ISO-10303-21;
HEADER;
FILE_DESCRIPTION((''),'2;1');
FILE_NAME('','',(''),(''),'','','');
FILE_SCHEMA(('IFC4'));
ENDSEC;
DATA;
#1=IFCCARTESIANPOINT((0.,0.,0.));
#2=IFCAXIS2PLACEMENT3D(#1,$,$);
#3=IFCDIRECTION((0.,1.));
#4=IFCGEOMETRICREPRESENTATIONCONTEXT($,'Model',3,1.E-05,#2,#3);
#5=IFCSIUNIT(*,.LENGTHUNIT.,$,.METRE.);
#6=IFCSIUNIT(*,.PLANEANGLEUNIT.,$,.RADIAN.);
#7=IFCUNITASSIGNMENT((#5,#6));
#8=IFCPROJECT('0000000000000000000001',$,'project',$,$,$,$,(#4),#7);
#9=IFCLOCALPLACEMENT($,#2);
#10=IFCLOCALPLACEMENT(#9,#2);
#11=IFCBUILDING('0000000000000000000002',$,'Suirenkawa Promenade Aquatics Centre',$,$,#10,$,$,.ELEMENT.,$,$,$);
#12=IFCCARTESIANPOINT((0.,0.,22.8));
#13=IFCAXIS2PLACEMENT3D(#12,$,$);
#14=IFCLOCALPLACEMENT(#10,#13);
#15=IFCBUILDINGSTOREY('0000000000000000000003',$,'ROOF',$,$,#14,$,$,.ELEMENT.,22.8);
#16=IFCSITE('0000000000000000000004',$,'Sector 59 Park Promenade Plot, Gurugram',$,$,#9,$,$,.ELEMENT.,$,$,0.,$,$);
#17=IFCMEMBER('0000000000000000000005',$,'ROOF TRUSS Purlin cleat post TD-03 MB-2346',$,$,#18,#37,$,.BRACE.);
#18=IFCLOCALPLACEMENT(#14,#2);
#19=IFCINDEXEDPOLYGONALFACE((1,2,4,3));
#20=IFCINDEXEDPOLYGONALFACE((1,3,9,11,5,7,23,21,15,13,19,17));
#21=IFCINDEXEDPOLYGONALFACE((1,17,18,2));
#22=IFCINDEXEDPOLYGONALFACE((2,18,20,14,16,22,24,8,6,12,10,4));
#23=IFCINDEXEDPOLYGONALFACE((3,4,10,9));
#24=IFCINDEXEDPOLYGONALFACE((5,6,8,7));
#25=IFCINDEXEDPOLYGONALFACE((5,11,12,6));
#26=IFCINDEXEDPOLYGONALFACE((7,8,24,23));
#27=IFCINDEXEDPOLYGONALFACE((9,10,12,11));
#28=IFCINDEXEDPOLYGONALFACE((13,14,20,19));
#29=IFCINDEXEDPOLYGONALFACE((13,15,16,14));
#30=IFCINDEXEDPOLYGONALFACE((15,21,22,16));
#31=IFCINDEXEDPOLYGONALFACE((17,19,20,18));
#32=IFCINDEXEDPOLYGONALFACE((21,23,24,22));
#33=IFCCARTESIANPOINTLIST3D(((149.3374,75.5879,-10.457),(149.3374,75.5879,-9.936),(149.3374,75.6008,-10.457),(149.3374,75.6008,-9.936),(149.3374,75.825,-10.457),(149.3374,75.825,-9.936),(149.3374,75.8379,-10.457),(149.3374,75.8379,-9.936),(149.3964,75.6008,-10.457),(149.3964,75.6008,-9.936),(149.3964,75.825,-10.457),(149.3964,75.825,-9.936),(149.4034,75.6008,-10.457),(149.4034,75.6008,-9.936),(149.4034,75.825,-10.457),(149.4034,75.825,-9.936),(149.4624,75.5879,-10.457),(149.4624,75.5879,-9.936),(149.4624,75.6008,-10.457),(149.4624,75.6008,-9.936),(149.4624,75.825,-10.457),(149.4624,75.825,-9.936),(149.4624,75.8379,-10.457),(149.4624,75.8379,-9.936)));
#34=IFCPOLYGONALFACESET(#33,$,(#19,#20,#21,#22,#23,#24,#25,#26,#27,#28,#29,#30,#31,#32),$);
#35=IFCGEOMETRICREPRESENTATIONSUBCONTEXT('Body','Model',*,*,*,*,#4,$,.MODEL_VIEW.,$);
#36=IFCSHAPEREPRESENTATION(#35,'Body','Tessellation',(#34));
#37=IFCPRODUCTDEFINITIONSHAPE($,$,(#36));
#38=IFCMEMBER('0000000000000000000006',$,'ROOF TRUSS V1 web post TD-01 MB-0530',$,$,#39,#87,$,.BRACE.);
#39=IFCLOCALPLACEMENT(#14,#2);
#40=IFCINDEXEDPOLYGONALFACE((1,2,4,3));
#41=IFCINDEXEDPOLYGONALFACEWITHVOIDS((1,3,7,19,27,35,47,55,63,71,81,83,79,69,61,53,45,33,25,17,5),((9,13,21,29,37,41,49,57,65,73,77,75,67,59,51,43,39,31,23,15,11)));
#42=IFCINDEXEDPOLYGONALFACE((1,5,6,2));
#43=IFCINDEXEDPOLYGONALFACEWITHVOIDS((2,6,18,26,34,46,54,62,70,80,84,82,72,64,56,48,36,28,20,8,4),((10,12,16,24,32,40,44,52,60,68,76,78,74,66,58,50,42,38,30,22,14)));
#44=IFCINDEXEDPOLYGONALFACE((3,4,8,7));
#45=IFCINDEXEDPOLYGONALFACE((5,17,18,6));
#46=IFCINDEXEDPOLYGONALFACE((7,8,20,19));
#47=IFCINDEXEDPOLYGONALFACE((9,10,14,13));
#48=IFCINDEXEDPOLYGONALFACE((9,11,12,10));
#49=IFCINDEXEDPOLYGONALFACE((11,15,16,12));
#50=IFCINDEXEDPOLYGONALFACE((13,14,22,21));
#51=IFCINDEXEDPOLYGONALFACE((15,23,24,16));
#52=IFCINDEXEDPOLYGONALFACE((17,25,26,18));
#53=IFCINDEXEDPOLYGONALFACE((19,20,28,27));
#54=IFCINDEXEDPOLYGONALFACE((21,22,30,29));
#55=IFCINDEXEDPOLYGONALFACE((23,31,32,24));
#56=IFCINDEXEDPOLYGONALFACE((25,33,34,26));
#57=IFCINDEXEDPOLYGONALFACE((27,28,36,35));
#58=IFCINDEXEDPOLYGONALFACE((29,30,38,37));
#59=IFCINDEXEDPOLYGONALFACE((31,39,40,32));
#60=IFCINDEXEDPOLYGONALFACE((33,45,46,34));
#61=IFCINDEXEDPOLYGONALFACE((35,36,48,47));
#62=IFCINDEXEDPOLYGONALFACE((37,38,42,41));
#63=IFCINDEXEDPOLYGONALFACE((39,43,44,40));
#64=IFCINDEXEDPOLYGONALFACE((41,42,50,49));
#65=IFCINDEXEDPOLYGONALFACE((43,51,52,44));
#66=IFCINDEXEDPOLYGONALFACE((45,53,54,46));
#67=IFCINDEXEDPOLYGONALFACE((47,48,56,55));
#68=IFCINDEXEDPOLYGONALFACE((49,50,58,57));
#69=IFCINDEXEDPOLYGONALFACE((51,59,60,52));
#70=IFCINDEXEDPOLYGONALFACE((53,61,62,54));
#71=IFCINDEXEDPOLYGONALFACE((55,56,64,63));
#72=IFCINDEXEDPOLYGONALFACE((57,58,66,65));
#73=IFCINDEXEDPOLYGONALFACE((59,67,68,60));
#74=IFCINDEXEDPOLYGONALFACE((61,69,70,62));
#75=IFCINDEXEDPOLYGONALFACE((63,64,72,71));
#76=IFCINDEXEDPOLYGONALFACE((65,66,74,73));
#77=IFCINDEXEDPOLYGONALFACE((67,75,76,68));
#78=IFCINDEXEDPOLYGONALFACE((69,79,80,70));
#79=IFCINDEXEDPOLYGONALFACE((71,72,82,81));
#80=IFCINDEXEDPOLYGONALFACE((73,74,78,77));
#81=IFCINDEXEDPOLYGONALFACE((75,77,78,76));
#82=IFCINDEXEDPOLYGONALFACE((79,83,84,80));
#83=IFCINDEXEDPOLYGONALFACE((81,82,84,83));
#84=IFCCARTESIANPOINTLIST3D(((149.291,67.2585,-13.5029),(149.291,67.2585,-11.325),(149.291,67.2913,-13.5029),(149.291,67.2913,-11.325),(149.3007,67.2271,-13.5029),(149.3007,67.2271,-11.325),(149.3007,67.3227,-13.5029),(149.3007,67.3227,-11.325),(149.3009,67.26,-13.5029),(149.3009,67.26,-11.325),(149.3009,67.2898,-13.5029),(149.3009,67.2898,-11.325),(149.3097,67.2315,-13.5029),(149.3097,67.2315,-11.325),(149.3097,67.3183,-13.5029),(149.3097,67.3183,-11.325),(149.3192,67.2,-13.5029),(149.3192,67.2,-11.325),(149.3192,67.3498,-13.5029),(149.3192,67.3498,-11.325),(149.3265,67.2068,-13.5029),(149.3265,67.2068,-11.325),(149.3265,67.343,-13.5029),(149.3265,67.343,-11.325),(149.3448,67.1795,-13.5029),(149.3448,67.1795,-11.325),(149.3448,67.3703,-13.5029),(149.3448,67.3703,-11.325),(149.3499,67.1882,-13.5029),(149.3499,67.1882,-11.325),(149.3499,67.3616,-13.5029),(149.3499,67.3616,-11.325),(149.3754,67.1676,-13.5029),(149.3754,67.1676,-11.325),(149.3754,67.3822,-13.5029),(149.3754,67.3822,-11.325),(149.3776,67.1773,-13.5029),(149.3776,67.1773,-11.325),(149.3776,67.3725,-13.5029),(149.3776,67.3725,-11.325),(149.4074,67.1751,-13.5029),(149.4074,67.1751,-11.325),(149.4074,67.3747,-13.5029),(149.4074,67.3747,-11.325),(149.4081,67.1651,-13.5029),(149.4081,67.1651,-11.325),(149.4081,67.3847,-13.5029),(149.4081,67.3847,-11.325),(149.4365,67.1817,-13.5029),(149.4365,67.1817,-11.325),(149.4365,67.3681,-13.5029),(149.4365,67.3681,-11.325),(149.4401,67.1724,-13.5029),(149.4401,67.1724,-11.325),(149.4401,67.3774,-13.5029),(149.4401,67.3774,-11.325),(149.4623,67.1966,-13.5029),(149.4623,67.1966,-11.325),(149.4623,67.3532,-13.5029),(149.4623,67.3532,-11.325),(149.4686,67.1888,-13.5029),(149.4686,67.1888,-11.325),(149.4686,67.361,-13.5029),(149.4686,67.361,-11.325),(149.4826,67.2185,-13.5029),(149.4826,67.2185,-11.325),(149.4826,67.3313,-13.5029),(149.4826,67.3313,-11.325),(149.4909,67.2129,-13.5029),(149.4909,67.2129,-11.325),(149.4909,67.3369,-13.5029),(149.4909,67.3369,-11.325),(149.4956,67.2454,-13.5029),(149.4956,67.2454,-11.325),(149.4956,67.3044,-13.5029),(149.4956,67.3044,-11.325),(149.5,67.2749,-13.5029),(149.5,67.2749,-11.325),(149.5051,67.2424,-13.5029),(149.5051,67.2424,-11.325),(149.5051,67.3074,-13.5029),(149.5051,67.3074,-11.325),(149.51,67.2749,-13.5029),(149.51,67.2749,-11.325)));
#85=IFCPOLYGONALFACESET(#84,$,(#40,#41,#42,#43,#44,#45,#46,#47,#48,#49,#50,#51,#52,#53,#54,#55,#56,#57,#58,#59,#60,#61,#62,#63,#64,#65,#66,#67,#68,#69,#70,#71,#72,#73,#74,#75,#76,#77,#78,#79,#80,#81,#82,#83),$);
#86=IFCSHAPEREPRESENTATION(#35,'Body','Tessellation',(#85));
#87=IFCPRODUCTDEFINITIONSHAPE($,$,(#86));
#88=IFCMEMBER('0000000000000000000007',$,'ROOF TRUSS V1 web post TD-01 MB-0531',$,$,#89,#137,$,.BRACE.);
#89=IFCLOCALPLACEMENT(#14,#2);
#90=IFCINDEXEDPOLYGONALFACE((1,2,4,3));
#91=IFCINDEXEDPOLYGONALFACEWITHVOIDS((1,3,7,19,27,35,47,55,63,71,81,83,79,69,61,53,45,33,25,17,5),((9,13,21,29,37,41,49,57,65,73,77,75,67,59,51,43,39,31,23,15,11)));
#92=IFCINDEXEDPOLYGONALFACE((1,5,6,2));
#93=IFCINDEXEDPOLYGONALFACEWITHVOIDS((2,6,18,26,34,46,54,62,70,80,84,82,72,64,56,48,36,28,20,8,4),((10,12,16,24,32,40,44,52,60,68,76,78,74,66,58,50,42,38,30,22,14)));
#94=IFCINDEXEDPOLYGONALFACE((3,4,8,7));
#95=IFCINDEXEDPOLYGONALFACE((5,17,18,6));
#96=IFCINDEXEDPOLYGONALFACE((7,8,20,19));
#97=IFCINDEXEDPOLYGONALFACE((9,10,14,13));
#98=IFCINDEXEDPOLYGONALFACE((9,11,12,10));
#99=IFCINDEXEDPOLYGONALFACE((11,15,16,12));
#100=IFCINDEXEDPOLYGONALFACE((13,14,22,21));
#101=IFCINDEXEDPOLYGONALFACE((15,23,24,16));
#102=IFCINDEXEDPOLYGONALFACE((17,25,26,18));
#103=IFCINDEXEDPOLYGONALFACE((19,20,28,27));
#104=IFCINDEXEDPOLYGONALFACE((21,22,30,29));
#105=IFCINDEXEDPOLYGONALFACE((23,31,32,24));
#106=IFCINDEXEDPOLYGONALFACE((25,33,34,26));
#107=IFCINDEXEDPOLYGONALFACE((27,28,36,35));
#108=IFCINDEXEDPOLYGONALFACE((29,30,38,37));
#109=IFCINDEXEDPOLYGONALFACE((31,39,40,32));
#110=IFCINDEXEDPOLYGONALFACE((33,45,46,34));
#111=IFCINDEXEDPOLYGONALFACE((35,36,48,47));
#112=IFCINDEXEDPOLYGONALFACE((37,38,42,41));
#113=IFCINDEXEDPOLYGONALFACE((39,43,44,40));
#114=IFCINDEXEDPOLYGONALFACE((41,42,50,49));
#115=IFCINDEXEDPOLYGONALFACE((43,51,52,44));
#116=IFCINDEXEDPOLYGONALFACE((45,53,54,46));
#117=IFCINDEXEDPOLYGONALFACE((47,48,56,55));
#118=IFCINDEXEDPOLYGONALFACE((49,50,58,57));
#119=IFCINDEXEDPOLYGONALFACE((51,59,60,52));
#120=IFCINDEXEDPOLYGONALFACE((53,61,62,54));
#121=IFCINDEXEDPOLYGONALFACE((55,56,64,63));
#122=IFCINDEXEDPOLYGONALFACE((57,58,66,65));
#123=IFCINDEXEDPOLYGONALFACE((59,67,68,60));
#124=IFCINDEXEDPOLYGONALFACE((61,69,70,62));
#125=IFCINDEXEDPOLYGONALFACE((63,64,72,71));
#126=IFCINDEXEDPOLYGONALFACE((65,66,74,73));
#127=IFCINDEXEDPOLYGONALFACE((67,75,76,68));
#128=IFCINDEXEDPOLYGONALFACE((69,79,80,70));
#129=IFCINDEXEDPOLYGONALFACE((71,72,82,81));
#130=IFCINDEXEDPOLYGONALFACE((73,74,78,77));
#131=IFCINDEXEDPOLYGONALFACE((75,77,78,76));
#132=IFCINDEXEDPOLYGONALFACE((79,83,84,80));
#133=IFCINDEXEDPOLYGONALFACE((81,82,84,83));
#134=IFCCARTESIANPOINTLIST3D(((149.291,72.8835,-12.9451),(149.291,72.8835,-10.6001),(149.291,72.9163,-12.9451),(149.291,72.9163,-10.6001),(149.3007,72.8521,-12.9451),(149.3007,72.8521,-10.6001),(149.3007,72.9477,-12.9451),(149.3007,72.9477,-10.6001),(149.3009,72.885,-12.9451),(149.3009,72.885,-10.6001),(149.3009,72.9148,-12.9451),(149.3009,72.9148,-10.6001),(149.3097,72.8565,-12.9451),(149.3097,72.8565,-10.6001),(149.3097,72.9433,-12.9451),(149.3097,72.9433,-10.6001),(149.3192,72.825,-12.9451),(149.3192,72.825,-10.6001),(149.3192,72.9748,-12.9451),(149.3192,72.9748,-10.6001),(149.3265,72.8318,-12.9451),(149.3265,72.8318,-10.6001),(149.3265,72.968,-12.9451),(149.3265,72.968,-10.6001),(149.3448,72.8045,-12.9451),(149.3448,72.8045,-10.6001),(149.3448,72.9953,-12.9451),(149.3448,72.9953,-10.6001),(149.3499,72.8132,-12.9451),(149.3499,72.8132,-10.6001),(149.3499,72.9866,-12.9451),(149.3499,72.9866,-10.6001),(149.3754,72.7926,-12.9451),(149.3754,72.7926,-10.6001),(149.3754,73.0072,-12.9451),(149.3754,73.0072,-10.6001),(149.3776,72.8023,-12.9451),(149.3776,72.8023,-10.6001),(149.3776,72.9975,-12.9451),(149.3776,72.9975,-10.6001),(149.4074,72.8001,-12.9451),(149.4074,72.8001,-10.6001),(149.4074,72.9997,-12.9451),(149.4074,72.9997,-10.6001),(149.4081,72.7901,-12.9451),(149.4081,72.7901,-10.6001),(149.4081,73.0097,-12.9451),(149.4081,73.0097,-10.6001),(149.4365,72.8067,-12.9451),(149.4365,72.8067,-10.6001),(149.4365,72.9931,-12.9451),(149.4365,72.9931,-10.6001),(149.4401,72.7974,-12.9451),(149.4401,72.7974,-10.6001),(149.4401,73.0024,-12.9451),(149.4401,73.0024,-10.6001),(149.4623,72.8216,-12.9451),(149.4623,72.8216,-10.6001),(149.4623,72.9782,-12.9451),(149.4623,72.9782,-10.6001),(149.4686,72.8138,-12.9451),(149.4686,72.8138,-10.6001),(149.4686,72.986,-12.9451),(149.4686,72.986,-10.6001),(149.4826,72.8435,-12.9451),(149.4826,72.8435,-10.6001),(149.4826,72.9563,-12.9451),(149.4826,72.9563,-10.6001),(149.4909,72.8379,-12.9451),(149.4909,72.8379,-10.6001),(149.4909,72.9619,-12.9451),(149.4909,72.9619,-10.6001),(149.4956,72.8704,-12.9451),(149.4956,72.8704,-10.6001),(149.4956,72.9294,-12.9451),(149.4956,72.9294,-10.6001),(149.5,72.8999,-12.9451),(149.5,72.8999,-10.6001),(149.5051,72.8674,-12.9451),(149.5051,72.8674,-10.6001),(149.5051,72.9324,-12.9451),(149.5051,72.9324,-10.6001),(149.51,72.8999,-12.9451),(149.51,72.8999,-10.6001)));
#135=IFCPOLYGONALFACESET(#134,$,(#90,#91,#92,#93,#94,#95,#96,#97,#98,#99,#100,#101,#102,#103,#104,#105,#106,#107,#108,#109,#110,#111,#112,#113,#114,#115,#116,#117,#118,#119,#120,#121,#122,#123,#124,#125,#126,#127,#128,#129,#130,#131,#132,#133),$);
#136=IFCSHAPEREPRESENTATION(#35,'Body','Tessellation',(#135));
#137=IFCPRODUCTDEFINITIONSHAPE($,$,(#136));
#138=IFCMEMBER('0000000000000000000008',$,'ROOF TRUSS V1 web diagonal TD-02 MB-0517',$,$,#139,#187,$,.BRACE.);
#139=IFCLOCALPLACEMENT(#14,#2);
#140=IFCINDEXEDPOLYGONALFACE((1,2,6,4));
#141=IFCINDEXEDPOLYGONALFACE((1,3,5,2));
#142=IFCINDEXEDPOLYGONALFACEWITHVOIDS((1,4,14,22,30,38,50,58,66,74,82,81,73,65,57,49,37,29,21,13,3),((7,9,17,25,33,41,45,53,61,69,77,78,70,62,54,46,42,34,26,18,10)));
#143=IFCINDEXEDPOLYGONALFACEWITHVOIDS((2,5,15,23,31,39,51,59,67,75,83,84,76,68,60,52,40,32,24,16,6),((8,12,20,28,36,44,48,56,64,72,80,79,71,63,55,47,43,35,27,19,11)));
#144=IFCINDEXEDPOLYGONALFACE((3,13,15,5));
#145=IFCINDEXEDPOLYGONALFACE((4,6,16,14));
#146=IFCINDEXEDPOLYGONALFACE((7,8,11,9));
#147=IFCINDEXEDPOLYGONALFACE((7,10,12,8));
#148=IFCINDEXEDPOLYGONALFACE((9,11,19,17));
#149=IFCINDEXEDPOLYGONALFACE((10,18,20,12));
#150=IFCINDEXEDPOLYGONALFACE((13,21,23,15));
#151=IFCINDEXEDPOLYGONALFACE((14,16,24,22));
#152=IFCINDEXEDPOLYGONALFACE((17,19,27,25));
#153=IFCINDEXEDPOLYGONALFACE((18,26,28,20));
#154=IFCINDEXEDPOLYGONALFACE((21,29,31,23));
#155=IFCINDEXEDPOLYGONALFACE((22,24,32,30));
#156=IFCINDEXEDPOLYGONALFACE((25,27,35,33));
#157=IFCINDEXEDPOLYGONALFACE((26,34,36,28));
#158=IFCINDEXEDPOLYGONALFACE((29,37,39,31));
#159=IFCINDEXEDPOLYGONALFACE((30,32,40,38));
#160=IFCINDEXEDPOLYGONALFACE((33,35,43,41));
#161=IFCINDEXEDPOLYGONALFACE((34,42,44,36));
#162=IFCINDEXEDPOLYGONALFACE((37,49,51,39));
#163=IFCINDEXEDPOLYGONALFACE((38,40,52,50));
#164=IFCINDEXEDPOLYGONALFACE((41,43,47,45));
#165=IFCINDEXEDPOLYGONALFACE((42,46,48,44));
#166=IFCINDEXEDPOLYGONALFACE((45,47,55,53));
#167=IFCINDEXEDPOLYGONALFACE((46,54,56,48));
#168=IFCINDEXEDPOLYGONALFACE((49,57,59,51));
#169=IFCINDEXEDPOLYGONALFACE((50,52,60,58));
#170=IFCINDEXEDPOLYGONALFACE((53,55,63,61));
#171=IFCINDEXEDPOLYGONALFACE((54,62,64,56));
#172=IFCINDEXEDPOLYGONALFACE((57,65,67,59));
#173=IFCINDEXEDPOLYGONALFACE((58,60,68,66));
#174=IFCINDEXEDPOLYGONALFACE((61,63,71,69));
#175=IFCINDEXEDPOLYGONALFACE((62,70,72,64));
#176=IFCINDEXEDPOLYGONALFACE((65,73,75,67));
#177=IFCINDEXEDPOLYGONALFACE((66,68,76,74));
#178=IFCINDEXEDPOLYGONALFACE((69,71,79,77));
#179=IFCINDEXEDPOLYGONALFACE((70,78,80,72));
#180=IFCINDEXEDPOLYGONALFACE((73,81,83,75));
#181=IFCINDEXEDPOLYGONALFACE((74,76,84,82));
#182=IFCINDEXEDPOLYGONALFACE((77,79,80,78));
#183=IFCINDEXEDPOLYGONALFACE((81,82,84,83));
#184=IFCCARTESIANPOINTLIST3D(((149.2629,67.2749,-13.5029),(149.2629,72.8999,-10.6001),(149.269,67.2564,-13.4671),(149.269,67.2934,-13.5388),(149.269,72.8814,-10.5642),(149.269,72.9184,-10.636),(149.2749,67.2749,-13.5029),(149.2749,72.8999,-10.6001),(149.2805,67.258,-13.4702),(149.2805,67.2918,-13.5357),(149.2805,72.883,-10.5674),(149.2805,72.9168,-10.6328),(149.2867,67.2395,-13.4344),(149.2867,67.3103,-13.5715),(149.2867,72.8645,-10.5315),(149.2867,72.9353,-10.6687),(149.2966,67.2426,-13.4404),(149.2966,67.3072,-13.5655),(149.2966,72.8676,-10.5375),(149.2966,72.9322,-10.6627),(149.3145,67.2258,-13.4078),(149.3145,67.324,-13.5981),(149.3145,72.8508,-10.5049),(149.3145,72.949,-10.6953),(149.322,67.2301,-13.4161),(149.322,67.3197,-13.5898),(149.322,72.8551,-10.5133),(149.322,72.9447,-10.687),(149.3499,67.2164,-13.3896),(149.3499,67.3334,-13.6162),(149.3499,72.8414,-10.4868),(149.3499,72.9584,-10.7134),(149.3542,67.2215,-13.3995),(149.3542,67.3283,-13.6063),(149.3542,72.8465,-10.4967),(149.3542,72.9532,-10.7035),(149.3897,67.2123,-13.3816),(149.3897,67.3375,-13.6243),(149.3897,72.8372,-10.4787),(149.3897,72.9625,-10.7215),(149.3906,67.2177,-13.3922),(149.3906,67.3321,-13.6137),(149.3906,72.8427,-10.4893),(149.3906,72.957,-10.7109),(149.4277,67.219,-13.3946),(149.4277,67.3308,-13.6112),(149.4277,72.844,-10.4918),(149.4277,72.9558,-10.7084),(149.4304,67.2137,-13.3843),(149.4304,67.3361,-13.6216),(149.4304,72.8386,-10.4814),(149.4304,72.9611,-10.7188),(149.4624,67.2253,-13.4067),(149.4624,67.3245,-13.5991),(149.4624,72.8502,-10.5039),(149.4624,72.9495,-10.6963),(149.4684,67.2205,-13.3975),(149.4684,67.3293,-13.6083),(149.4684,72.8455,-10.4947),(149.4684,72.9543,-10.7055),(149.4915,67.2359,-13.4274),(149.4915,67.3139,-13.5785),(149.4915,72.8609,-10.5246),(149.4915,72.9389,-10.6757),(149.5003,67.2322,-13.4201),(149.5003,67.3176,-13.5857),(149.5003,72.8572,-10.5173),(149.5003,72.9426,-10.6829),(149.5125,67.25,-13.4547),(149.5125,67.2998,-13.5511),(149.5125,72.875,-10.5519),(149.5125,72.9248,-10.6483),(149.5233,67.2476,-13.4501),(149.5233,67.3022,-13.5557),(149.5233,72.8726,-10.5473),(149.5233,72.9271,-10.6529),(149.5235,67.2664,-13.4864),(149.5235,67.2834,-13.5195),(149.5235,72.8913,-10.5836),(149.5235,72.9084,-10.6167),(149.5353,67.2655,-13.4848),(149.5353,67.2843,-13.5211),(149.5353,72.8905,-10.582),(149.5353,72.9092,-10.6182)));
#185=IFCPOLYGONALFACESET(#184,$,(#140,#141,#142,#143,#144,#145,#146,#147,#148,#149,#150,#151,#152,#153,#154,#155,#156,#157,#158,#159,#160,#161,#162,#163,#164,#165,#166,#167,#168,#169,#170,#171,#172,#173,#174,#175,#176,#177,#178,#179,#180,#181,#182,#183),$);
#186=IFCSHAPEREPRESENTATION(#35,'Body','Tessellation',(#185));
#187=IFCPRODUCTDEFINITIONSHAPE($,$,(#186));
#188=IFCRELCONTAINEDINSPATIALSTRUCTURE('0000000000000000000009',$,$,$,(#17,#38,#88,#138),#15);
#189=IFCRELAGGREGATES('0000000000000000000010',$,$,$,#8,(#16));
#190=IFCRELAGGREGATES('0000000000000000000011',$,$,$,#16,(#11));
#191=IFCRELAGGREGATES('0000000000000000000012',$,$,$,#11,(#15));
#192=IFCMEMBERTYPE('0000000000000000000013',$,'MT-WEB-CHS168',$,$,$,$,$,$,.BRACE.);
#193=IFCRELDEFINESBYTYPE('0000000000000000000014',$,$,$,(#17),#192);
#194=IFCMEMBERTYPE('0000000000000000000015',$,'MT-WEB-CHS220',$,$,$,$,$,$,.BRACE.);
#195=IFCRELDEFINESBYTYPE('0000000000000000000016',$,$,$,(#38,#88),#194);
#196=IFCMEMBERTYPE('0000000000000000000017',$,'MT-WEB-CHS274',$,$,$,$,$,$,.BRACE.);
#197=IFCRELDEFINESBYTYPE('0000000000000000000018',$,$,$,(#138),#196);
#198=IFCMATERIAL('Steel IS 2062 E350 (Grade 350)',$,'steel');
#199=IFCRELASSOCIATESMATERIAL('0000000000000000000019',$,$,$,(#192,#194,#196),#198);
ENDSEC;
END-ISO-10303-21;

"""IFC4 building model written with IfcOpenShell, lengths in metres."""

from ifc_helpers import new_model, si_unit, direction, frame, origin, origin_2d, place, context, subcontext, project, spatial, hollow_circle, i_section, extrude, material, material_profile, profile_set, type_object, element, save


model = new_model("IFC4")

# Units and contexts
model_context = context("Model", 3, precision=1e-05, world=origin(), true_north=direction((0.0, 1.0)))
body_context = subcontext(model_context, "Body", "Model", "MODEL_VIEW")
ifc_project = project(units=[si_unit("LENGTHUNIT", "METRE"), si_unit("PLANEANGLEUNIT", "RADIAN")], contexts=[model_context])

# Site, building, storey
site_placement = place(None, origin())
site = spatial("IfcSite", under=ifc_project, at=site_placement, Name="Sector 59 Park Promenade Plot, Gurugram", CompositionType="ELEMENT", RefElevation=0.0)
building_placement = place(site_placement, origin())
building = spatial("IfcBuilding", under=site, at=building_placement, Name="Suirenkawa Promenade Aquatics Centre", CompositionType="ELEMENT")
storey_placement = place(building_placement, frame((0.0, 0.0, 22.8)))
storey = spatial("IfcBuildingStorey", under=building, at=storey_placement, Name="ROOF", CompositionType="ELEMENT", Elevation=22.8)

# Shared definitions
ifc_material = material(Name="Steel IS 2062 E350 (Grade 350)", Category="steel")

# Members
ifc_material_profile_1 = material_profile(ifc_material, i_section(OverallWidth=0.125, OverallDepth=0.25, WebThickness=0.0071, FlangeThickness=0.0129, at=origin_2d()), Name="ISMB 250", Category="steel")
ifc_profile_set_1 = profile_set([ifc_material_profile_1], Name="Steel IS 2062 E350 (Grade 350)")
member_type_1 = type_object("IfcMemberType", Name="MT-WEB-CHS168", PredefinedType="BRACE", material=ifc_profile_set_1)
member_1_placement = place(storey_placement, frame((149.3999, 75.7129, -10.457), z_axis=(0.0, 0.0, 1.0), x_axis=(1.0, 0.0, 0.0)))
element("IfcMember", 1, at=member_1_placement, inside=storey, type_object=member_type_1, Name="ROOF TRUSS Purlin cleat post TD-03 MB-2346", PredefinedType="BRACE", context=body_context, shape_type="SweptSolid", body=[
    extrude(i_section(OverallWidth=0.125, OverallDepth=0.25, WebThickness=0.0071, FlangeThickness=0.0129, at=origin_2d()), origin(), (0.0, 0.0, 1.0), 0.521),
])
ifc_material_profile_2 = material_profile(ifc_material, hollow_circle(Radius=0.1101, WallThickness=0.01, at=origin_2d()), Name="CHS 220x10", Category="steel")
ifc_profile_set_2 = profile_set([ifc_material_profile_2], Name="Steel IS 2062 E350 (Grade 350)")
member_type_2 = type_object("IfcMemberType", Name="MT-WEB-CHS220", PredefinedType="BRACE", material=ifc_profile_set_2)
member_2_placement = place(storey_placement, frame((149.3999, 67.2749, -13.5029), z_axis=(0.0, 0.0, 1.0), x_axis=(1.0, 0.0, 0.0)))
element("IfcMember", 2, at=member_2_placement, inside=storey, type_object=member_type_2, Name="ROOF TRUSS V1 web post TD-01 MB-0530", PredefinedType="BRACE", context=body_context, shape_type="SweptSolid", body=[
    extrude(hollow_circle(Radius=0.1101, WallThickness=0.01, at=origin_2d()), origin(), (0.0, 0.0, 1.0), 2.178),
])
member_3_placement = place(storey_placement, frame((149.3999, 72.8999, -12.9451), z_axis=(0.0, 0.0, 1.0), x_axis=(1.0, 0.0, 0.0)))
element("IfcMember", 3, at=member_3_placement, inside=storey, type_object=member_type_2, Name="ROOF TRUSS V1 web post TD-01 MB-0531", PredefinedType="BRACE", context=body_context, shape_type="SweptSolid", body=[
    extrude(hollow_circle(Radius=0.1101, WallThickness=0.01, at=origin_2d()), origin(), (0.0, 0.0, 1.0), 2.345),
])
ifc_material_profile_3 = material_profile(ifc_material, hollow_circle(Radius=0.137, WallThickness=0.012, at=origin_2d()), Name="CHS 274x12", Category="steel")
ifc_profile_set_3 = profile_set([ifc_material_profile_3], Name="Steel IS 2062 E350 (Grade 350)")
member_type_3 = type_object("IfcMemberType", Name="MT-WEB-CHS274", PredefinedType="BRACE", material=ifc_profile_set_3)
member_4_placement = place(storey_placement, frame((149.3999, 67.2749, -13.5029), z_axis=(0.0, 0.888646, 0.458594), x_axis=(-1.0, 0.0, 0.0)))
element("IfcMember", 4, at=member_4_placement, inside=storey, type_object=member_type_3, Name="ROOF TRUSS V1 web diagonal TD-02 MB-0517", PredefinedType="BRACE", context=body_context, shape_type="SweptSolid", body=[
    extrude(hollow_circle(Radius=0.137, WallThickness=0.012, at=origin_2d()), origin(), (0.0, 0.0, 1.0), 6.3298),
])

save(model, "model.ifc")
